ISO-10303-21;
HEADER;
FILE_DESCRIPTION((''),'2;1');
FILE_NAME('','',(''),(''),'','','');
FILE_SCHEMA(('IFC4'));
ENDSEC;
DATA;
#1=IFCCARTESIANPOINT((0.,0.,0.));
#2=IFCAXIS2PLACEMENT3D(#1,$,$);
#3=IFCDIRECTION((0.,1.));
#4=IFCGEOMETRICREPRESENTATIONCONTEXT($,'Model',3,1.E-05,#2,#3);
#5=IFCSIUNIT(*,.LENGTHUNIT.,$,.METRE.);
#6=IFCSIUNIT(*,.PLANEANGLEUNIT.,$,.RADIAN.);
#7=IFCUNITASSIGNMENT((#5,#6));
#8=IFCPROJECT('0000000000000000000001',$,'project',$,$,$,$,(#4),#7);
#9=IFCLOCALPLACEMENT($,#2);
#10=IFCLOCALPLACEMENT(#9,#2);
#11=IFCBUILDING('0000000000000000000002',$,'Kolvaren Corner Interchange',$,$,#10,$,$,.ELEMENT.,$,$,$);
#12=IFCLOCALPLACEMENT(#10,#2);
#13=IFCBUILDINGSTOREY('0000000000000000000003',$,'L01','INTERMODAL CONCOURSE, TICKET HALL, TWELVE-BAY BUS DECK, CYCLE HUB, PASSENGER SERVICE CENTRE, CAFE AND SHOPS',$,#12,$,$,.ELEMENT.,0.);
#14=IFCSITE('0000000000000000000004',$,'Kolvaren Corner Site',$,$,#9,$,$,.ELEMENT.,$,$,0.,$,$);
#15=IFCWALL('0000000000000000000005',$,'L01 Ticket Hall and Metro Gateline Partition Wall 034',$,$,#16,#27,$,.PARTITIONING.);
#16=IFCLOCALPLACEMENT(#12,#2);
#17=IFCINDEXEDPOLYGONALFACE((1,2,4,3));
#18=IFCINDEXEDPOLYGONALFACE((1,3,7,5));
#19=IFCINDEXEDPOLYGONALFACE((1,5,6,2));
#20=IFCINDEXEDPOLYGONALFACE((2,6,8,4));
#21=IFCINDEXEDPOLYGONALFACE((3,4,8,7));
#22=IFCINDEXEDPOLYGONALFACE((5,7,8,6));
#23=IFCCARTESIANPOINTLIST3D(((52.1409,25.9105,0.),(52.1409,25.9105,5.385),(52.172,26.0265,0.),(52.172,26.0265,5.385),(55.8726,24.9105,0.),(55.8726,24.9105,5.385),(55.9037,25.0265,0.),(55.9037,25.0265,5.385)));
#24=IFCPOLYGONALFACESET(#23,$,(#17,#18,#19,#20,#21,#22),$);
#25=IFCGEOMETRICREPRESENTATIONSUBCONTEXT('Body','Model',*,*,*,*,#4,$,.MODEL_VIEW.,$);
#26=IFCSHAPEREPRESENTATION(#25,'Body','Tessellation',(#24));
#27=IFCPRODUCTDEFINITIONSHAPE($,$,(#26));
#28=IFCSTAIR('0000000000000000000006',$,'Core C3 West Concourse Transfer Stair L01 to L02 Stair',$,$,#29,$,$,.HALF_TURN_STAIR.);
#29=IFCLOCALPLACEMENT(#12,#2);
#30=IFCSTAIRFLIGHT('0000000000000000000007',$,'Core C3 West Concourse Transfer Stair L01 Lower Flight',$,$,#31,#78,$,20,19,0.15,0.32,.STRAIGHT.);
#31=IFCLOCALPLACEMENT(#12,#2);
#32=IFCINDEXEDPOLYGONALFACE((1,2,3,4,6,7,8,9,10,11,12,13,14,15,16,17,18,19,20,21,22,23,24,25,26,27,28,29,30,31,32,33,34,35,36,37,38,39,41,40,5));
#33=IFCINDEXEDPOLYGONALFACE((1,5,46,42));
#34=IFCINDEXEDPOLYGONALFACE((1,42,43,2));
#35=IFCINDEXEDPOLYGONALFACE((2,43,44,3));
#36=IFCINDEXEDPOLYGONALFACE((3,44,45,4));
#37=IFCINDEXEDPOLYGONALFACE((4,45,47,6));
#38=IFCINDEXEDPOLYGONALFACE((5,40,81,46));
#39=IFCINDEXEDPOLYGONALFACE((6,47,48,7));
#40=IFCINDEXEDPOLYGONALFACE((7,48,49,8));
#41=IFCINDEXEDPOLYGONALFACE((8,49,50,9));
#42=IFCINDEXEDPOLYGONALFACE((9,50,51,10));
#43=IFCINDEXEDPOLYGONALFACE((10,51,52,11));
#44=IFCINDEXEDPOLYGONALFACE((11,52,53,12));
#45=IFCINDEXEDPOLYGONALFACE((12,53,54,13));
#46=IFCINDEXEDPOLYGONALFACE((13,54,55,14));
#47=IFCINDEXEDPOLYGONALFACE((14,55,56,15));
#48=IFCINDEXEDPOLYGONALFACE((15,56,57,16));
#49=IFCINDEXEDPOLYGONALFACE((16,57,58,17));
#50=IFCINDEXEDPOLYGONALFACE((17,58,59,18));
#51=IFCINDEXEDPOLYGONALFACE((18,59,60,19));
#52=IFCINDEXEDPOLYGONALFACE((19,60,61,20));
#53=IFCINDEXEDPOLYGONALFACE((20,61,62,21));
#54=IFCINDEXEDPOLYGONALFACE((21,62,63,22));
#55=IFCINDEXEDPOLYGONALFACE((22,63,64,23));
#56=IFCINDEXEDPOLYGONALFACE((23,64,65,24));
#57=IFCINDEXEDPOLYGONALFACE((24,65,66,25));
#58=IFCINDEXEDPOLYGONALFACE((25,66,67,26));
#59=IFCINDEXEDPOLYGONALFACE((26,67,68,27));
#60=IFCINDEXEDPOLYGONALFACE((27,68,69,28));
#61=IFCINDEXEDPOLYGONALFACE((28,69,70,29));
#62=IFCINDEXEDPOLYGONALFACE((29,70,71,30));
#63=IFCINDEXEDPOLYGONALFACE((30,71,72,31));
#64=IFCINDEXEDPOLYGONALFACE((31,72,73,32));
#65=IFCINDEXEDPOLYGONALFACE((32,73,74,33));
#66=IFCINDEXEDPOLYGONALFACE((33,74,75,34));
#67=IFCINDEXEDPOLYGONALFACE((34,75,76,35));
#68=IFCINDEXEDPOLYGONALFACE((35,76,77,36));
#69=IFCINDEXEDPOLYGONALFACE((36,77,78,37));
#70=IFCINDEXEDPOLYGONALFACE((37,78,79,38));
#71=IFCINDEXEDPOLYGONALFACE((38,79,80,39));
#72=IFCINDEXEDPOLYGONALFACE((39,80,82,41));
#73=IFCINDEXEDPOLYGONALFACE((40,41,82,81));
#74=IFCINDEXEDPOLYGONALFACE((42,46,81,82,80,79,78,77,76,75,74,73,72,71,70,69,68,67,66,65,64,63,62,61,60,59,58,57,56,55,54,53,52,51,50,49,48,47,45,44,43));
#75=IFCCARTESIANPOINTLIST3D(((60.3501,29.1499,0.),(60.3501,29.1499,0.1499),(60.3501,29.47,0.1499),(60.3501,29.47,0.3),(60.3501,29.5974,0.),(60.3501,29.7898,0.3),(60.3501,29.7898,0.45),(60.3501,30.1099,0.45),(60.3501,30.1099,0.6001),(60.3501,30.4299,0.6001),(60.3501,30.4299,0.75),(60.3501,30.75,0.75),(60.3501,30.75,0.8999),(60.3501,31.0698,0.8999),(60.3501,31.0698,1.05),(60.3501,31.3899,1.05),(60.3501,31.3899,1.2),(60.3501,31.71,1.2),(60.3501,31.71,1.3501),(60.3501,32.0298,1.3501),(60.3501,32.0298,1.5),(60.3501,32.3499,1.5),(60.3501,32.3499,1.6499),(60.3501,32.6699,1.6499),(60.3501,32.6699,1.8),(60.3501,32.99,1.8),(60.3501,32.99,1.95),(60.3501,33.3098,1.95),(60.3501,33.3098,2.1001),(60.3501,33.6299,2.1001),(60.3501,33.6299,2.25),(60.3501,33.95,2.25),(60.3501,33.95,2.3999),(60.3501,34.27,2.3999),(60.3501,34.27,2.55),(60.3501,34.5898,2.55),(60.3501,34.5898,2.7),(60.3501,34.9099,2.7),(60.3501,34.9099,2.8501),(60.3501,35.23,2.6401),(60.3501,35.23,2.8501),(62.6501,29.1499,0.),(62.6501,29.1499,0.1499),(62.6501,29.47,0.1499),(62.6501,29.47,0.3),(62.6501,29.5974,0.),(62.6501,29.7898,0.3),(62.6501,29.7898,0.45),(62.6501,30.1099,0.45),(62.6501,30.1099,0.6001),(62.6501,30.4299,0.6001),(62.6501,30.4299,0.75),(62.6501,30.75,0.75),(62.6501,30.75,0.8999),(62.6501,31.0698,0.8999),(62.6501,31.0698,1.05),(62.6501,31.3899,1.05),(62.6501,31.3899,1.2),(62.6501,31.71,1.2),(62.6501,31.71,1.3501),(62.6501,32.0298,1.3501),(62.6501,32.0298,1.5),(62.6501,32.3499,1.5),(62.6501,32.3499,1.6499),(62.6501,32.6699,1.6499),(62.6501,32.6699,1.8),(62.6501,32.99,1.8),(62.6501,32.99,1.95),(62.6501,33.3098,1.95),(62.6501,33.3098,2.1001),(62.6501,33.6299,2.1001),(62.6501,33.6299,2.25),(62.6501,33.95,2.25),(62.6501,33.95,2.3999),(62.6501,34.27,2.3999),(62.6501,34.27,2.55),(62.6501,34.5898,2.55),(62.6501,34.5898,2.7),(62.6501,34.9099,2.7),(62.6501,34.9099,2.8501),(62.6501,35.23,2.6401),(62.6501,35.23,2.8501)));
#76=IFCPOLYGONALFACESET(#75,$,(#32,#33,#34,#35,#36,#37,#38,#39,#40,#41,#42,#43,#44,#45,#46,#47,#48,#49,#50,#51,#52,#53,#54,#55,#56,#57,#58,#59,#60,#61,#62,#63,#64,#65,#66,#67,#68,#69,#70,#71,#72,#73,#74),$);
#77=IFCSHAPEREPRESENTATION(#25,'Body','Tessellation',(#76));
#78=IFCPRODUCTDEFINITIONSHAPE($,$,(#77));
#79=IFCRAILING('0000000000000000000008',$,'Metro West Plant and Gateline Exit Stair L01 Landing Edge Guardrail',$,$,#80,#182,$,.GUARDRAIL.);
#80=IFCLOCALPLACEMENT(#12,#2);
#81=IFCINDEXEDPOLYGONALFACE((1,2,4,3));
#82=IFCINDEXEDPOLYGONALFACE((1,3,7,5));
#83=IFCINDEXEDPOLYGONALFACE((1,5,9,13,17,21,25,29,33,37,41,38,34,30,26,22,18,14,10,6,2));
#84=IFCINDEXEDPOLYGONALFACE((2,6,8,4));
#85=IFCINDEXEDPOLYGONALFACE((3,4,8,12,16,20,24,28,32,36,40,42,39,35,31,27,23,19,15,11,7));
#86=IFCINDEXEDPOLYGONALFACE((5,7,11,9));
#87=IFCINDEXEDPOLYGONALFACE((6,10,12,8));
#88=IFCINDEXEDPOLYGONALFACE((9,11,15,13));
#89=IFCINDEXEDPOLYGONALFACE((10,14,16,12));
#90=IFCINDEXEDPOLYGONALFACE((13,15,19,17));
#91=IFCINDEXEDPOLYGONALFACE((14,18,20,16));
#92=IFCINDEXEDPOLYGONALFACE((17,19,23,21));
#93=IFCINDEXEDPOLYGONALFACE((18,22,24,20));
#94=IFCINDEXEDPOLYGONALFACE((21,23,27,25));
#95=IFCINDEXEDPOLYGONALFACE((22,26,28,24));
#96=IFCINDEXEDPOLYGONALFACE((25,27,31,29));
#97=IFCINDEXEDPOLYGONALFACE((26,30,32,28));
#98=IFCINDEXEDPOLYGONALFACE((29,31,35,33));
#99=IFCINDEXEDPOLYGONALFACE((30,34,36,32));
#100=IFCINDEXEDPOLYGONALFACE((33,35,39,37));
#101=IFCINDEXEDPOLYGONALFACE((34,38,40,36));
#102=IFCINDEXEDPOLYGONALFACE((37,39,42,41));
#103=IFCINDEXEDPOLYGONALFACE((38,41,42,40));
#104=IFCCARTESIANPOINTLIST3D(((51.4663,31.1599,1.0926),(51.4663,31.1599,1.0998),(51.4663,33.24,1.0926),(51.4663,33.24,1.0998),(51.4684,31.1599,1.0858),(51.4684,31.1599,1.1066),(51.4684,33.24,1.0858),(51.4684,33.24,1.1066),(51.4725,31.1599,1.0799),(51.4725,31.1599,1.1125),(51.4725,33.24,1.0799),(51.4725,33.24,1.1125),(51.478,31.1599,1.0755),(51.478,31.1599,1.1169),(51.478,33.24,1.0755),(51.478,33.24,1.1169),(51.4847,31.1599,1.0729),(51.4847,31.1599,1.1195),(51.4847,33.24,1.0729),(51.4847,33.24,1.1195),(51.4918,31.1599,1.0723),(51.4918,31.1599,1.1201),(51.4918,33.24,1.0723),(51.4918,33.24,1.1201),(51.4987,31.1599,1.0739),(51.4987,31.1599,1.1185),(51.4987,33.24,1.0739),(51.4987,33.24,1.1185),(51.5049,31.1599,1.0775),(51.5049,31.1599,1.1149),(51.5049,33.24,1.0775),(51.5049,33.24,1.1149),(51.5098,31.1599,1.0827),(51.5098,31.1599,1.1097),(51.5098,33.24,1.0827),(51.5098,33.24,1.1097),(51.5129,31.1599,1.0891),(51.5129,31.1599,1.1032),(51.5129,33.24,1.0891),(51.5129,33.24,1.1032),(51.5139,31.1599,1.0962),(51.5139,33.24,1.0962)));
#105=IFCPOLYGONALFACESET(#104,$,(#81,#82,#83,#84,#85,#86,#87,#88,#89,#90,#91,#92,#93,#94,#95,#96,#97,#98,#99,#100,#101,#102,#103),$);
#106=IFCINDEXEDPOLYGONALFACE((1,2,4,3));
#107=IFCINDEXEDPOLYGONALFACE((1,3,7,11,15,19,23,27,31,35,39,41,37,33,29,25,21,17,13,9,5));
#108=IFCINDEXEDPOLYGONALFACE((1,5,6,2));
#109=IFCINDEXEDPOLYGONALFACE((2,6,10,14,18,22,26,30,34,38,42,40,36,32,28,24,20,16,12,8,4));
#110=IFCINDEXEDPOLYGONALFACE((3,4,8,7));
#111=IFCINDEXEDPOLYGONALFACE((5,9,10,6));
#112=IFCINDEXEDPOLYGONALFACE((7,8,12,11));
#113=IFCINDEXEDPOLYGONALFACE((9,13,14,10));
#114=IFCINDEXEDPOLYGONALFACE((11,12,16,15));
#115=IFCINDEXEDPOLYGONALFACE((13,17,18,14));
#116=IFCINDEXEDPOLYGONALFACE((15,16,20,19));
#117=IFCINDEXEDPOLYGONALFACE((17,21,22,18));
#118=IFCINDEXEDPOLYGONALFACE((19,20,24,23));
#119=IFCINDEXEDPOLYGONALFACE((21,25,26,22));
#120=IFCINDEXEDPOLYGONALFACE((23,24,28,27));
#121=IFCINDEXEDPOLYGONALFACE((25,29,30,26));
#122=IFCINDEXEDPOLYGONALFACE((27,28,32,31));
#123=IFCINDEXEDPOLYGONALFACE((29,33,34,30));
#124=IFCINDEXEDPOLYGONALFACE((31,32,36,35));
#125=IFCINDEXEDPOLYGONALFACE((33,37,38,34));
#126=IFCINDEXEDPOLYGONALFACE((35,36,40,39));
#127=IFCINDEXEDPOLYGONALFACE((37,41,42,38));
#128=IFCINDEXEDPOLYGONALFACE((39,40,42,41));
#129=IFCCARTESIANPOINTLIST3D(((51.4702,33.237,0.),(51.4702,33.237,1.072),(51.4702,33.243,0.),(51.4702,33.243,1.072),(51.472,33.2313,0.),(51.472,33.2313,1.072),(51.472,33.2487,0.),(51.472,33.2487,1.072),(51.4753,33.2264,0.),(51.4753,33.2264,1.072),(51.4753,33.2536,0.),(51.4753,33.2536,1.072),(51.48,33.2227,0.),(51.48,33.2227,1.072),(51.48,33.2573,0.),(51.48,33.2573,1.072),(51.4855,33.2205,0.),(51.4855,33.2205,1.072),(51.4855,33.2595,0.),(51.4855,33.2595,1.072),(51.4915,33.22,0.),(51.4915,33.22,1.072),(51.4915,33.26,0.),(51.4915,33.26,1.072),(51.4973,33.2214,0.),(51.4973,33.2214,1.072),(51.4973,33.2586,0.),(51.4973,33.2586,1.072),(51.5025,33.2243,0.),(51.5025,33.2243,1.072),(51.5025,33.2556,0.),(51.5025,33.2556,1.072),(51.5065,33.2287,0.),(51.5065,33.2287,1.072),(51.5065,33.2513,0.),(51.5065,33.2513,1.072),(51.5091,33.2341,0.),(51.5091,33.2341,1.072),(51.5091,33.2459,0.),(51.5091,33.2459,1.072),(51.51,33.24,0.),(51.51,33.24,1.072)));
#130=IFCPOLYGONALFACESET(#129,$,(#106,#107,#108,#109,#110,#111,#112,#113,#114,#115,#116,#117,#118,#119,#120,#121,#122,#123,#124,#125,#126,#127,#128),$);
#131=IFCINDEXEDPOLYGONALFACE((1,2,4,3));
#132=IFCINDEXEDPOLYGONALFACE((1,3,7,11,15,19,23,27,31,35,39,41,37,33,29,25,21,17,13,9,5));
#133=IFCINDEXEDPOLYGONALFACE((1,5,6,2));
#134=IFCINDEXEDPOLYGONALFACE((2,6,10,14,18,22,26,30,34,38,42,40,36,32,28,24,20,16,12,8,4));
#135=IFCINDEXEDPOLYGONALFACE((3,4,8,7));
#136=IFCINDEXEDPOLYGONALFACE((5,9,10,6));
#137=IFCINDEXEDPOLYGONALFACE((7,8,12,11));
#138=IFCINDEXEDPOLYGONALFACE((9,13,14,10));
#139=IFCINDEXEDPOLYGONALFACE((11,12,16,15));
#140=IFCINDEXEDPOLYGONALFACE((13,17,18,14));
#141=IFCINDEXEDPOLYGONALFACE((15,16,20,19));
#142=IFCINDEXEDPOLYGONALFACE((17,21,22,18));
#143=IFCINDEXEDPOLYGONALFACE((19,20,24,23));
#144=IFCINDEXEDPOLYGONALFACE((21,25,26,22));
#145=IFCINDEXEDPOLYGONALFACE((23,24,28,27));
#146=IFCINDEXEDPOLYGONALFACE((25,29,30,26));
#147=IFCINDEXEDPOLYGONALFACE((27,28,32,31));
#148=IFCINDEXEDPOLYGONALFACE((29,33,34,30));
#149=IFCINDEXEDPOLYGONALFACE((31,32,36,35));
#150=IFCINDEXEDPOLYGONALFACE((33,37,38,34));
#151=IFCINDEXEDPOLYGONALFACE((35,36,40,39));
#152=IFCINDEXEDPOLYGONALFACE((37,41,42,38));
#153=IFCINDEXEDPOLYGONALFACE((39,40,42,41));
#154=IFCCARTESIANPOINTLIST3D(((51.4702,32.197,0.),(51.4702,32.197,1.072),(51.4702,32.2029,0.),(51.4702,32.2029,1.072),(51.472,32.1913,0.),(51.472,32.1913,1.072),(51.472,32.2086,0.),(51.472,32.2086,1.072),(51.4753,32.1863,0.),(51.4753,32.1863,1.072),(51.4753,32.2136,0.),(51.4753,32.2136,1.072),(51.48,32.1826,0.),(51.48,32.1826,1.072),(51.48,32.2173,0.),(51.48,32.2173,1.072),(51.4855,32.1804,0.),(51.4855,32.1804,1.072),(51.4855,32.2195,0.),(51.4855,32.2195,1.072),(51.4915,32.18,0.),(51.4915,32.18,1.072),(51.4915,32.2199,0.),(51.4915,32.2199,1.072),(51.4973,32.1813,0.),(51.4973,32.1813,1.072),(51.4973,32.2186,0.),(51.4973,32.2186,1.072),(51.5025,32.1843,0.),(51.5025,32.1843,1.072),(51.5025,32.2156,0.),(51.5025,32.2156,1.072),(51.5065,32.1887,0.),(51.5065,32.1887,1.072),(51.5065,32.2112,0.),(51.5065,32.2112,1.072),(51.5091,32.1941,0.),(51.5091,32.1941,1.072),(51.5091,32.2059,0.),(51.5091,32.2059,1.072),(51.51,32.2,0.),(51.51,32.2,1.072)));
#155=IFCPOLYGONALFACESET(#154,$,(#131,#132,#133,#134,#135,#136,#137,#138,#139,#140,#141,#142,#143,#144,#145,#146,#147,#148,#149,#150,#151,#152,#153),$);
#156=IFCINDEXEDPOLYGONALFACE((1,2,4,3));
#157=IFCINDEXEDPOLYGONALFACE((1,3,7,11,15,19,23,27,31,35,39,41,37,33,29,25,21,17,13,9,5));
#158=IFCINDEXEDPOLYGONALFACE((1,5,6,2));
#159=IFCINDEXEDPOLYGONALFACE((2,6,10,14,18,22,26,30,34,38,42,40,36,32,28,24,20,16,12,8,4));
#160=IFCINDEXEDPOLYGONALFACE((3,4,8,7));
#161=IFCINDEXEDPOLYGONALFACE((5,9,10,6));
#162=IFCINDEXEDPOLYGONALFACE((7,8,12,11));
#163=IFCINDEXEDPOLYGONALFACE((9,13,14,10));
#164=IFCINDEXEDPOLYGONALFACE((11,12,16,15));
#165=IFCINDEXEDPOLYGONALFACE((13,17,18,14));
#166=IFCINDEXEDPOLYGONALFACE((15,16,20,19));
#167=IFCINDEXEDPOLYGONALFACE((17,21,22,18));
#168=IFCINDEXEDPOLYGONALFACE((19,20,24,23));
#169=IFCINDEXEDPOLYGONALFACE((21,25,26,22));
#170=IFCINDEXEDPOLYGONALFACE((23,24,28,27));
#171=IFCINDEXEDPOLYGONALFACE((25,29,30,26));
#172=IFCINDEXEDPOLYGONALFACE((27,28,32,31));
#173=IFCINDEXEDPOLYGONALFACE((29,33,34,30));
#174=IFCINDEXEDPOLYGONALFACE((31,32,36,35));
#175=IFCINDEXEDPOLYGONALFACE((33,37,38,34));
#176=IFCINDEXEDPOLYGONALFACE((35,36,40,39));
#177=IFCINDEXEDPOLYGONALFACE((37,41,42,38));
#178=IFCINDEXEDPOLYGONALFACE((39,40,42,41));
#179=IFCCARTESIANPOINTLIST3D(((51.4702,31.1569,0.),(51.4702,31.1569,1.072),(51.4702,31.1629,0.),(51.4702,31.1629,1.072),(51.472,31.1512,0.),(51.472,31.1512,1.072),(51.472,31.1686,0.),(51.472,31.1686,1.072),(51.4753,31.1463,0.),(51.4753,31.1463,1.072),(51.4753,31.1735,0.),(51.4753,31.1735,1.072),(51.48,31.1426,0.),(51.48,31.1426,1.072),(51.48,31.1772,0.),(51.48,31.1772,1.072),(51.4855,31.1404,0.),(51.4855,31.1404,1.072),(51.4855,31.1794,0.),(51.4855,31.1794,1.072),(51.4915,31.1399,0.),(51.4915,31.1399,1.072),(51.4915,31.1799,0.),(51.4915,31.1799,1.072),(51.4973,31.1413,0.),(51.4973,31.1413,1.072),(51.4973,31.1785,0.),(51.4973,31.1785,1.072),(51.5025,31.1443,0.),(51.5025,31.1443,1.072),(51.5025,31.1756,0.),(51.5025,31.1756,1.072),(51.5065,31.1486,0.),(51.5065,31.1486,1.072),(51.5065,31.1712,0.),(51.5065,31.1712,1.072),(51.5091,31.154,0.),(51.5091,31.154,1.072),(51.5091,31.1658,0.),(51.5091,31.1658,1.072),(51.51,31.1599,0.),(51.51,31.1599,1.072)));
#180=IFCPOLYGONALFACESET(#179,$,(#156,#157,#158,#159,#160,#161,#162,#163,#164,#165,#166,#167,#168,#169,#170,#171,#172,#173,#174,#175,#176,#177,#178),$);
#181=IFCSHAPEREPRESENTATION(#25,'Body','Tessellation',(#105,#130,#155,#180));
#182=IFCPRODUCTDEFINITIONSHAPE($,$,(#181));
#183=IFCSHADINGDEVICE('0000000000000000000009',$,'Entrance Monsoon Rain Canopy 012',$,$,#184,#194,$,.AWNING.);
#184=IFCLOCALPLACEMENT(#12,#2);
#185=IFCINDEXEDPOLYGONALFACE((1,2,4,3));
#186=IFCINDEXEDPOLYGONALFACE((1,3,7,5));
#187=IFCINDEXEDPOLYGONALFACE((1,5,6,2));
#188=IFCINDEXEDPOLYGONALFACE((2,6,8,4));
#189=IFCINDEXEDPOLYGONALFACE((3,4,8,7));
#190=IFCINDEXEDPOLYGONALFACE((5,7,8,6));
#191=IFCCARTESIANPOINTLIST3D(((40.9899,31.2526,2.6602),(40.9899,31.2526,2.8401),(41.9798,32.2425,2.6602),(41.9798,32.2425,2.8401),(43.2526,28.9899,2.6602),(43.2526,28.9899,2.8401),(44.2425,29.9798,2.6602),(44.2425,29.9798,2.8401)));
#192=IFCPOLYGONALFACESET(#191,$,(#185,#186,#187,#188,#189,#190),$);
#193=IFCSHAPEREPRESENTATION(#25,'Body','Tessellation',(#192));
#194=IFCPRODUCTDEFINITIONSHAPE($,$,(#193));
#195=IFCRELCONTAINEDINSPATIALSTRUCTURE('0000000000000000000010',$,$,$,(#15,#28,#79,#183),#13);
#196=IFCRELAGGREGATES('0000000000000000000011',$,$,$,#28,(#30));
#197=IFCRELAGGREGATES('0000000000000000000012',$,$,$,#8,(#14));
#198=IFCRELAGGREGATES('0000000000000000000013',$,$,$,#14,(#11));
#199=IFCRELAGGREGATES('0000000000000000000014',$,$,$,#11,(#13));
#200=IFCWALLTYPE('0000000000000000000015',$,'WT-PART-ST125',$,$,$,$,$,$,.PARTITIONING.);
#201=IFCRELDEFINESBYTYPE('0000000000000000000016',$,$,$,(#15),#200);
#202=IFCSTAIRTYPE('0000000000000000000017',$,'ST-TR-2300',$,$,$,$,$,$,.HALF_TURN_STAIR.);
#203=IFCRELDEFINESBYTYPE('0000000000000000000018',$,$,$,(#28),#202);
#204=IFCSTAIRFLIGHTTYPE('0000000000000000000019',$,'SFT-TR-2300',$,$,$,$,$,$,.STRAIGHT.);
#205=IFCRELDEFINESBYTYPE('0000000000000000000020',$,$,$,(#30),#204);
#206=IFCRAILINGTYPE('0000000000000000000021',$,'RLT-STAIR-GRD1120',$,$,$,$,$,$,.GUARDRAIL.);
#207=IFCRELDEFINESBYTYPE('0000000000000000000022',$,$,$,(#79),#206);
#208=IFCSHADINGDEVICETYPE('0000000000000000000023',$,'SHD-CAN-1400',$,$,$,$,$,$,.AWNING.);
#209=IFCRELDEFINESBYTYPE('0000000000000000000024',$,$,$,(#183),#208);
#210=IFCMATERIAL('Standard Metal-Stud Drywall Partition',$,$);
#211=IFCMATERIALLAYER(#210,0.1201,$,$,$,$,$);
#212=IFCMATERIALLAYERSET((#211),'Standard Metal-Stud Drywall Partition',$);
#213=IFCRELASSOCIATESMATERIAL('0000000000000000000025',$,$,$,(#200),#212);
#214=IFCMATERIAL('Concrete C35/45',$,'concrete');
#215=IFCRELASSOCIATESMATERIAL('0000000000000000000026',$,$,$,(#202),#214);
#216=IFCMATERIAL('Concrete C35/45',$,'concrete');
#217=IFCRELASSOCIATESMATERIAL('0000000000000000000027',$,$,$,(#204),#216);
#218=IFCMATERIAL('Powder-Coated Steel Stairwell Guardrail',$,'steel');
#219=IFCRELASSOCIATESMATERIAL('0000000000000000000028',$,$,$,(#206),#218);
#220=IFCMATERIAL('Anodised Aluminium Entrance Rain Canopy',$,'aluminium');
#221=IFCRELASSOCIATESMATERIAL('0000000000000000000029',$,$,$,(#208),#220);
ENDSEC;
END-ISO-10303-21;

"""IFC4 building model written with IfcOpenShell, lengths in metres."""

from ifc_helpers import new_model, si_unit, direction, frame, frame_2d, origin, origin_2d, place, context, subcontext, project, spatial, polyline, rectangle, circle, outline, extrude, material, layer, layer_set, type_object, element, aggregate, save


model = new_model("IFC4")

# Units and contexts
model_context = context("Model", 3, precision=1e-05, world=origin(), true_north=direction((0.0, 1.0)))
body_context = subcontext(model_context, "Body", "Model", "MODEL_VIEW")
ifc_project = project(units=[si_unit("LENGTHUNIT", "METRE"), si_unit("PLANEANGLEUNIT", "RADIAN")], contexts=[model_context])

# Site, building, storey
site_placement = place(None, origin())
site = spatial("IfcSite", under=ifc_project, at=site_placement, Name="Kolvaren Corner Site", CompositionType="ELEMENT", RefElevation=0.0)
building_placement = place(site_placement, origin())
building = spatial("IfcBuilding", under=site, at=building_placement, Name="Kolvaren Corner Interchange", CompositionType="ELEMENT")
storey_placement = place(building_placement, origin())
storey = spatial("IfcBuildingStorey", under=building, at=storey_placement, Name="L01", Description="INTERMODAL CONCOURSE, TICKET HALL, TWELVE-BAY BUS DECK, CYCLE HUB, PASSENGER SERVICE CENTRE, CAFE AND SHOPS", CompositionType="ELEMENT", Elevation=0.0)

# Wall
ifc_material_1 = material(Name="Standard Metal-Stud Drywall Partition")
ifc_layer_1 = layer(ifc_material_1, 0.1201)
ifc_layer_set_1 = layer_set([ifc_layer_1], Name="Standard Metal-Stud Drywall Partition")
wall_type_1 = type_object("IfcWallType", Name="WT-PART-ST125", PredefinedType="PARTITIONING", material=ifc_layer_set_1)
wall_1_placement = place(storey_placement, frame((52.1565, 25.9685, 0.0), z_axis=(0.0, 0.0, 1.0), x_axis=(0.96592, -0.258842, 0.0)))
element("IfcWall", 1, at=wall_1_placement, inside=storey, type_object=wall_type_1, Name="L01 Ticket Hall and Metro Gateline Partition Wall 034", PredefinedType="PARTITIONING", context=body_context, shape_type="SweptSolid", body=[
    extrude(rectangle(XDim=3.8633, YDim=0.1201, at=frame_2d((1.9316, 0.0))), origin(), (0.0, 0.0, 1.0), 5.385),
])

# Stair, stair flight
ifc_material_2 = material(Name="Concrete C35/45", Category="concrete")
stair_type = type_object("IfcStairType", Name="ST-TR-2300", PredefinedType="HALF_TURN_STAIR", material=ifc_material_2)
stair_placement = place(storey_placement, origin())
stair = element("IfcStair", 2, at=stair_placement, inside=storey, type_object=stair_type, Name="Core C3 West Concourse Transfer Stair L01 to L02 Stair", PredefinedType="HALF_TURN_STAIR")
ifc_material_3 = material(Name="Concrete C35/45", Category="concrete")
stair_flight_type = type_object("IfcStairFlightType", Name="SFT-TR-2300", PredefinedType="STRAIGHT", material=ifc_material_3)
stair_flight_placement = place(storey_placement, frame((61.5, 29.1499, 0.0), z_axis=(0.0, 0.0, 1.0), x_axis=(0.0, 1.0, 0.0)))
stair_flight = element("IfcStairFlight", 3, at=stair_flight_placement, type_object=stair_flight_type, Name="Core C3 West Concourse Transfer Stair L01 Lower Flight", NumberOfRisers=20, NumberOfTreads=19, PredefinedType="STRAIGHT", RiserHeight=0.15, TreadLength=0.32, context=body_context, shape_type="SweptSolid", body=[
    extrude(outline(polyline([(0.0, 0.0), (0.0, 0.1499), (0.3201, 0.1499), (0.3201, 0.3), (0.6399, 0.3), (0.6399, 0.45), (0.96, 0.45), (0.96, 0.6001), (1.28, 0.6001), (1.28, 0.75), (1.6001, 0.75), (1.6001, 0.8999), (1.9199, 0.8999), (1.9199, 1.05), (2.24, 1.05), (2.24, 1.2), (2.5601, 1.2), (2.5601, 1.3501), (2.8799, 1.3501), (2.8799, 1.5), (3.2, 1.5), (3.2, 1.6499), (3.52, 1.6499), (3.52, 1.8), (3.8401, 1.8), (3.8401, 1.95), (4.1599, 1.95), (4.1599, 2.1001), (4.48, 2.1001), (4.48, 2.25), (4.8, 2.25), (4.8, 2.3999), (5.1201, 2.3999), (5.1201, 2.55), (5.4399, 2.55), (5.4399, 2.7), (5.76, 2.7), (5.76, 2.8501), (6.0801, 2.8501), (6.0801, 3.0), (6.0801, 2.6401), (0.4475, 0.0), (0.0, 0.0)])), frame((0.0, 1.1499, 0.0), z_axis=(0.0, -1.0, 0.0), x_axis=(1.0, 0.0, 0.0)), (0.0, 0.0, 1.0), 2.3),
])
ifc_material_4 = material(Name="Powder-Coated Steel Stairwell Guardrail", Category="steel")
railing_type_1 = type_object("IfcRailingType", Name="RLT-STAIR-GRD1120", PredefinedType="GUARDRAIL", material=ifc_material_4)

# Railing
railing_1_placement = place(storey_placement, frame((51.49, 33.24, 0.0)))
element("IfcRailing", 4, at=railing_1_placement, inside=storey, type_object=railing_type_1, Name="Metro West Plant and Gateline Exit Stair L01 Landing Edge Guardrail", PredefinedType="GUARDRAIL", context=body_context, shape_type="SweptSolid", body=[
    extrude(circle(Radius=0.0239, at=origin_2d()), frame((0.0, 0.0, 1.0962), z_axis=(0.0, -1.0, 0.0), x_axis=(1.0, 0.0, 0.0)), (0.0, 0.0, 1.0), 2.0801),
    extrude(circle(Radius=0.02, at=origin_2d()), origin(), (0.0, 0.0, 1.0), 1.072),
    extrude(circle(Radius=0.02, at=origin_2d()), frame((0.0, -1.04, 0.0)), (0.0, 0.0, 1.0), 1.072),
    extrude(circle(Radius=0.02, at=origin_2d()), frame((0.0, -2.0801, 0.0)), (0.0, 0.0, 1.0), 1.072),
])
aggregate(stair, [stair_flight])

# Shading device
ifc_material_5 = material(Name="Anodised Aluminium Entrance Rain Canopy", Category="aluminium")
shading_device_type = type_object("IfcShadingDeviceType", Name="SHD-CAN-1400", PredefinedType="AWNING", material=ifc_material_5)
for number, where, z_axis, x_axis, name in (
    (5, (42.6162, 30.6162, 2.6602), (0.0, 0.0, 1.0), (0.707107, -0.707107, 0.0), "Entrance Monsoon Rain Canopy 012"),
):
    element("IfcShadingDevice", number, at=place(storey_placement, frame(where, z_axis=z_axis, x_axis=x_axis)), inside=storey, type_object=shading_device_type, Name=name, PredefinedType="AWNING", context=body_context, shape_type="SweptSolid", body=[
        extrude(rectangle(XDim=3.2, YDim=1.3999, at=origin_2d()), origin(), (0.0, 0.0, 1.0), 0.1799),
    ])

save(model, "model.ifc")
